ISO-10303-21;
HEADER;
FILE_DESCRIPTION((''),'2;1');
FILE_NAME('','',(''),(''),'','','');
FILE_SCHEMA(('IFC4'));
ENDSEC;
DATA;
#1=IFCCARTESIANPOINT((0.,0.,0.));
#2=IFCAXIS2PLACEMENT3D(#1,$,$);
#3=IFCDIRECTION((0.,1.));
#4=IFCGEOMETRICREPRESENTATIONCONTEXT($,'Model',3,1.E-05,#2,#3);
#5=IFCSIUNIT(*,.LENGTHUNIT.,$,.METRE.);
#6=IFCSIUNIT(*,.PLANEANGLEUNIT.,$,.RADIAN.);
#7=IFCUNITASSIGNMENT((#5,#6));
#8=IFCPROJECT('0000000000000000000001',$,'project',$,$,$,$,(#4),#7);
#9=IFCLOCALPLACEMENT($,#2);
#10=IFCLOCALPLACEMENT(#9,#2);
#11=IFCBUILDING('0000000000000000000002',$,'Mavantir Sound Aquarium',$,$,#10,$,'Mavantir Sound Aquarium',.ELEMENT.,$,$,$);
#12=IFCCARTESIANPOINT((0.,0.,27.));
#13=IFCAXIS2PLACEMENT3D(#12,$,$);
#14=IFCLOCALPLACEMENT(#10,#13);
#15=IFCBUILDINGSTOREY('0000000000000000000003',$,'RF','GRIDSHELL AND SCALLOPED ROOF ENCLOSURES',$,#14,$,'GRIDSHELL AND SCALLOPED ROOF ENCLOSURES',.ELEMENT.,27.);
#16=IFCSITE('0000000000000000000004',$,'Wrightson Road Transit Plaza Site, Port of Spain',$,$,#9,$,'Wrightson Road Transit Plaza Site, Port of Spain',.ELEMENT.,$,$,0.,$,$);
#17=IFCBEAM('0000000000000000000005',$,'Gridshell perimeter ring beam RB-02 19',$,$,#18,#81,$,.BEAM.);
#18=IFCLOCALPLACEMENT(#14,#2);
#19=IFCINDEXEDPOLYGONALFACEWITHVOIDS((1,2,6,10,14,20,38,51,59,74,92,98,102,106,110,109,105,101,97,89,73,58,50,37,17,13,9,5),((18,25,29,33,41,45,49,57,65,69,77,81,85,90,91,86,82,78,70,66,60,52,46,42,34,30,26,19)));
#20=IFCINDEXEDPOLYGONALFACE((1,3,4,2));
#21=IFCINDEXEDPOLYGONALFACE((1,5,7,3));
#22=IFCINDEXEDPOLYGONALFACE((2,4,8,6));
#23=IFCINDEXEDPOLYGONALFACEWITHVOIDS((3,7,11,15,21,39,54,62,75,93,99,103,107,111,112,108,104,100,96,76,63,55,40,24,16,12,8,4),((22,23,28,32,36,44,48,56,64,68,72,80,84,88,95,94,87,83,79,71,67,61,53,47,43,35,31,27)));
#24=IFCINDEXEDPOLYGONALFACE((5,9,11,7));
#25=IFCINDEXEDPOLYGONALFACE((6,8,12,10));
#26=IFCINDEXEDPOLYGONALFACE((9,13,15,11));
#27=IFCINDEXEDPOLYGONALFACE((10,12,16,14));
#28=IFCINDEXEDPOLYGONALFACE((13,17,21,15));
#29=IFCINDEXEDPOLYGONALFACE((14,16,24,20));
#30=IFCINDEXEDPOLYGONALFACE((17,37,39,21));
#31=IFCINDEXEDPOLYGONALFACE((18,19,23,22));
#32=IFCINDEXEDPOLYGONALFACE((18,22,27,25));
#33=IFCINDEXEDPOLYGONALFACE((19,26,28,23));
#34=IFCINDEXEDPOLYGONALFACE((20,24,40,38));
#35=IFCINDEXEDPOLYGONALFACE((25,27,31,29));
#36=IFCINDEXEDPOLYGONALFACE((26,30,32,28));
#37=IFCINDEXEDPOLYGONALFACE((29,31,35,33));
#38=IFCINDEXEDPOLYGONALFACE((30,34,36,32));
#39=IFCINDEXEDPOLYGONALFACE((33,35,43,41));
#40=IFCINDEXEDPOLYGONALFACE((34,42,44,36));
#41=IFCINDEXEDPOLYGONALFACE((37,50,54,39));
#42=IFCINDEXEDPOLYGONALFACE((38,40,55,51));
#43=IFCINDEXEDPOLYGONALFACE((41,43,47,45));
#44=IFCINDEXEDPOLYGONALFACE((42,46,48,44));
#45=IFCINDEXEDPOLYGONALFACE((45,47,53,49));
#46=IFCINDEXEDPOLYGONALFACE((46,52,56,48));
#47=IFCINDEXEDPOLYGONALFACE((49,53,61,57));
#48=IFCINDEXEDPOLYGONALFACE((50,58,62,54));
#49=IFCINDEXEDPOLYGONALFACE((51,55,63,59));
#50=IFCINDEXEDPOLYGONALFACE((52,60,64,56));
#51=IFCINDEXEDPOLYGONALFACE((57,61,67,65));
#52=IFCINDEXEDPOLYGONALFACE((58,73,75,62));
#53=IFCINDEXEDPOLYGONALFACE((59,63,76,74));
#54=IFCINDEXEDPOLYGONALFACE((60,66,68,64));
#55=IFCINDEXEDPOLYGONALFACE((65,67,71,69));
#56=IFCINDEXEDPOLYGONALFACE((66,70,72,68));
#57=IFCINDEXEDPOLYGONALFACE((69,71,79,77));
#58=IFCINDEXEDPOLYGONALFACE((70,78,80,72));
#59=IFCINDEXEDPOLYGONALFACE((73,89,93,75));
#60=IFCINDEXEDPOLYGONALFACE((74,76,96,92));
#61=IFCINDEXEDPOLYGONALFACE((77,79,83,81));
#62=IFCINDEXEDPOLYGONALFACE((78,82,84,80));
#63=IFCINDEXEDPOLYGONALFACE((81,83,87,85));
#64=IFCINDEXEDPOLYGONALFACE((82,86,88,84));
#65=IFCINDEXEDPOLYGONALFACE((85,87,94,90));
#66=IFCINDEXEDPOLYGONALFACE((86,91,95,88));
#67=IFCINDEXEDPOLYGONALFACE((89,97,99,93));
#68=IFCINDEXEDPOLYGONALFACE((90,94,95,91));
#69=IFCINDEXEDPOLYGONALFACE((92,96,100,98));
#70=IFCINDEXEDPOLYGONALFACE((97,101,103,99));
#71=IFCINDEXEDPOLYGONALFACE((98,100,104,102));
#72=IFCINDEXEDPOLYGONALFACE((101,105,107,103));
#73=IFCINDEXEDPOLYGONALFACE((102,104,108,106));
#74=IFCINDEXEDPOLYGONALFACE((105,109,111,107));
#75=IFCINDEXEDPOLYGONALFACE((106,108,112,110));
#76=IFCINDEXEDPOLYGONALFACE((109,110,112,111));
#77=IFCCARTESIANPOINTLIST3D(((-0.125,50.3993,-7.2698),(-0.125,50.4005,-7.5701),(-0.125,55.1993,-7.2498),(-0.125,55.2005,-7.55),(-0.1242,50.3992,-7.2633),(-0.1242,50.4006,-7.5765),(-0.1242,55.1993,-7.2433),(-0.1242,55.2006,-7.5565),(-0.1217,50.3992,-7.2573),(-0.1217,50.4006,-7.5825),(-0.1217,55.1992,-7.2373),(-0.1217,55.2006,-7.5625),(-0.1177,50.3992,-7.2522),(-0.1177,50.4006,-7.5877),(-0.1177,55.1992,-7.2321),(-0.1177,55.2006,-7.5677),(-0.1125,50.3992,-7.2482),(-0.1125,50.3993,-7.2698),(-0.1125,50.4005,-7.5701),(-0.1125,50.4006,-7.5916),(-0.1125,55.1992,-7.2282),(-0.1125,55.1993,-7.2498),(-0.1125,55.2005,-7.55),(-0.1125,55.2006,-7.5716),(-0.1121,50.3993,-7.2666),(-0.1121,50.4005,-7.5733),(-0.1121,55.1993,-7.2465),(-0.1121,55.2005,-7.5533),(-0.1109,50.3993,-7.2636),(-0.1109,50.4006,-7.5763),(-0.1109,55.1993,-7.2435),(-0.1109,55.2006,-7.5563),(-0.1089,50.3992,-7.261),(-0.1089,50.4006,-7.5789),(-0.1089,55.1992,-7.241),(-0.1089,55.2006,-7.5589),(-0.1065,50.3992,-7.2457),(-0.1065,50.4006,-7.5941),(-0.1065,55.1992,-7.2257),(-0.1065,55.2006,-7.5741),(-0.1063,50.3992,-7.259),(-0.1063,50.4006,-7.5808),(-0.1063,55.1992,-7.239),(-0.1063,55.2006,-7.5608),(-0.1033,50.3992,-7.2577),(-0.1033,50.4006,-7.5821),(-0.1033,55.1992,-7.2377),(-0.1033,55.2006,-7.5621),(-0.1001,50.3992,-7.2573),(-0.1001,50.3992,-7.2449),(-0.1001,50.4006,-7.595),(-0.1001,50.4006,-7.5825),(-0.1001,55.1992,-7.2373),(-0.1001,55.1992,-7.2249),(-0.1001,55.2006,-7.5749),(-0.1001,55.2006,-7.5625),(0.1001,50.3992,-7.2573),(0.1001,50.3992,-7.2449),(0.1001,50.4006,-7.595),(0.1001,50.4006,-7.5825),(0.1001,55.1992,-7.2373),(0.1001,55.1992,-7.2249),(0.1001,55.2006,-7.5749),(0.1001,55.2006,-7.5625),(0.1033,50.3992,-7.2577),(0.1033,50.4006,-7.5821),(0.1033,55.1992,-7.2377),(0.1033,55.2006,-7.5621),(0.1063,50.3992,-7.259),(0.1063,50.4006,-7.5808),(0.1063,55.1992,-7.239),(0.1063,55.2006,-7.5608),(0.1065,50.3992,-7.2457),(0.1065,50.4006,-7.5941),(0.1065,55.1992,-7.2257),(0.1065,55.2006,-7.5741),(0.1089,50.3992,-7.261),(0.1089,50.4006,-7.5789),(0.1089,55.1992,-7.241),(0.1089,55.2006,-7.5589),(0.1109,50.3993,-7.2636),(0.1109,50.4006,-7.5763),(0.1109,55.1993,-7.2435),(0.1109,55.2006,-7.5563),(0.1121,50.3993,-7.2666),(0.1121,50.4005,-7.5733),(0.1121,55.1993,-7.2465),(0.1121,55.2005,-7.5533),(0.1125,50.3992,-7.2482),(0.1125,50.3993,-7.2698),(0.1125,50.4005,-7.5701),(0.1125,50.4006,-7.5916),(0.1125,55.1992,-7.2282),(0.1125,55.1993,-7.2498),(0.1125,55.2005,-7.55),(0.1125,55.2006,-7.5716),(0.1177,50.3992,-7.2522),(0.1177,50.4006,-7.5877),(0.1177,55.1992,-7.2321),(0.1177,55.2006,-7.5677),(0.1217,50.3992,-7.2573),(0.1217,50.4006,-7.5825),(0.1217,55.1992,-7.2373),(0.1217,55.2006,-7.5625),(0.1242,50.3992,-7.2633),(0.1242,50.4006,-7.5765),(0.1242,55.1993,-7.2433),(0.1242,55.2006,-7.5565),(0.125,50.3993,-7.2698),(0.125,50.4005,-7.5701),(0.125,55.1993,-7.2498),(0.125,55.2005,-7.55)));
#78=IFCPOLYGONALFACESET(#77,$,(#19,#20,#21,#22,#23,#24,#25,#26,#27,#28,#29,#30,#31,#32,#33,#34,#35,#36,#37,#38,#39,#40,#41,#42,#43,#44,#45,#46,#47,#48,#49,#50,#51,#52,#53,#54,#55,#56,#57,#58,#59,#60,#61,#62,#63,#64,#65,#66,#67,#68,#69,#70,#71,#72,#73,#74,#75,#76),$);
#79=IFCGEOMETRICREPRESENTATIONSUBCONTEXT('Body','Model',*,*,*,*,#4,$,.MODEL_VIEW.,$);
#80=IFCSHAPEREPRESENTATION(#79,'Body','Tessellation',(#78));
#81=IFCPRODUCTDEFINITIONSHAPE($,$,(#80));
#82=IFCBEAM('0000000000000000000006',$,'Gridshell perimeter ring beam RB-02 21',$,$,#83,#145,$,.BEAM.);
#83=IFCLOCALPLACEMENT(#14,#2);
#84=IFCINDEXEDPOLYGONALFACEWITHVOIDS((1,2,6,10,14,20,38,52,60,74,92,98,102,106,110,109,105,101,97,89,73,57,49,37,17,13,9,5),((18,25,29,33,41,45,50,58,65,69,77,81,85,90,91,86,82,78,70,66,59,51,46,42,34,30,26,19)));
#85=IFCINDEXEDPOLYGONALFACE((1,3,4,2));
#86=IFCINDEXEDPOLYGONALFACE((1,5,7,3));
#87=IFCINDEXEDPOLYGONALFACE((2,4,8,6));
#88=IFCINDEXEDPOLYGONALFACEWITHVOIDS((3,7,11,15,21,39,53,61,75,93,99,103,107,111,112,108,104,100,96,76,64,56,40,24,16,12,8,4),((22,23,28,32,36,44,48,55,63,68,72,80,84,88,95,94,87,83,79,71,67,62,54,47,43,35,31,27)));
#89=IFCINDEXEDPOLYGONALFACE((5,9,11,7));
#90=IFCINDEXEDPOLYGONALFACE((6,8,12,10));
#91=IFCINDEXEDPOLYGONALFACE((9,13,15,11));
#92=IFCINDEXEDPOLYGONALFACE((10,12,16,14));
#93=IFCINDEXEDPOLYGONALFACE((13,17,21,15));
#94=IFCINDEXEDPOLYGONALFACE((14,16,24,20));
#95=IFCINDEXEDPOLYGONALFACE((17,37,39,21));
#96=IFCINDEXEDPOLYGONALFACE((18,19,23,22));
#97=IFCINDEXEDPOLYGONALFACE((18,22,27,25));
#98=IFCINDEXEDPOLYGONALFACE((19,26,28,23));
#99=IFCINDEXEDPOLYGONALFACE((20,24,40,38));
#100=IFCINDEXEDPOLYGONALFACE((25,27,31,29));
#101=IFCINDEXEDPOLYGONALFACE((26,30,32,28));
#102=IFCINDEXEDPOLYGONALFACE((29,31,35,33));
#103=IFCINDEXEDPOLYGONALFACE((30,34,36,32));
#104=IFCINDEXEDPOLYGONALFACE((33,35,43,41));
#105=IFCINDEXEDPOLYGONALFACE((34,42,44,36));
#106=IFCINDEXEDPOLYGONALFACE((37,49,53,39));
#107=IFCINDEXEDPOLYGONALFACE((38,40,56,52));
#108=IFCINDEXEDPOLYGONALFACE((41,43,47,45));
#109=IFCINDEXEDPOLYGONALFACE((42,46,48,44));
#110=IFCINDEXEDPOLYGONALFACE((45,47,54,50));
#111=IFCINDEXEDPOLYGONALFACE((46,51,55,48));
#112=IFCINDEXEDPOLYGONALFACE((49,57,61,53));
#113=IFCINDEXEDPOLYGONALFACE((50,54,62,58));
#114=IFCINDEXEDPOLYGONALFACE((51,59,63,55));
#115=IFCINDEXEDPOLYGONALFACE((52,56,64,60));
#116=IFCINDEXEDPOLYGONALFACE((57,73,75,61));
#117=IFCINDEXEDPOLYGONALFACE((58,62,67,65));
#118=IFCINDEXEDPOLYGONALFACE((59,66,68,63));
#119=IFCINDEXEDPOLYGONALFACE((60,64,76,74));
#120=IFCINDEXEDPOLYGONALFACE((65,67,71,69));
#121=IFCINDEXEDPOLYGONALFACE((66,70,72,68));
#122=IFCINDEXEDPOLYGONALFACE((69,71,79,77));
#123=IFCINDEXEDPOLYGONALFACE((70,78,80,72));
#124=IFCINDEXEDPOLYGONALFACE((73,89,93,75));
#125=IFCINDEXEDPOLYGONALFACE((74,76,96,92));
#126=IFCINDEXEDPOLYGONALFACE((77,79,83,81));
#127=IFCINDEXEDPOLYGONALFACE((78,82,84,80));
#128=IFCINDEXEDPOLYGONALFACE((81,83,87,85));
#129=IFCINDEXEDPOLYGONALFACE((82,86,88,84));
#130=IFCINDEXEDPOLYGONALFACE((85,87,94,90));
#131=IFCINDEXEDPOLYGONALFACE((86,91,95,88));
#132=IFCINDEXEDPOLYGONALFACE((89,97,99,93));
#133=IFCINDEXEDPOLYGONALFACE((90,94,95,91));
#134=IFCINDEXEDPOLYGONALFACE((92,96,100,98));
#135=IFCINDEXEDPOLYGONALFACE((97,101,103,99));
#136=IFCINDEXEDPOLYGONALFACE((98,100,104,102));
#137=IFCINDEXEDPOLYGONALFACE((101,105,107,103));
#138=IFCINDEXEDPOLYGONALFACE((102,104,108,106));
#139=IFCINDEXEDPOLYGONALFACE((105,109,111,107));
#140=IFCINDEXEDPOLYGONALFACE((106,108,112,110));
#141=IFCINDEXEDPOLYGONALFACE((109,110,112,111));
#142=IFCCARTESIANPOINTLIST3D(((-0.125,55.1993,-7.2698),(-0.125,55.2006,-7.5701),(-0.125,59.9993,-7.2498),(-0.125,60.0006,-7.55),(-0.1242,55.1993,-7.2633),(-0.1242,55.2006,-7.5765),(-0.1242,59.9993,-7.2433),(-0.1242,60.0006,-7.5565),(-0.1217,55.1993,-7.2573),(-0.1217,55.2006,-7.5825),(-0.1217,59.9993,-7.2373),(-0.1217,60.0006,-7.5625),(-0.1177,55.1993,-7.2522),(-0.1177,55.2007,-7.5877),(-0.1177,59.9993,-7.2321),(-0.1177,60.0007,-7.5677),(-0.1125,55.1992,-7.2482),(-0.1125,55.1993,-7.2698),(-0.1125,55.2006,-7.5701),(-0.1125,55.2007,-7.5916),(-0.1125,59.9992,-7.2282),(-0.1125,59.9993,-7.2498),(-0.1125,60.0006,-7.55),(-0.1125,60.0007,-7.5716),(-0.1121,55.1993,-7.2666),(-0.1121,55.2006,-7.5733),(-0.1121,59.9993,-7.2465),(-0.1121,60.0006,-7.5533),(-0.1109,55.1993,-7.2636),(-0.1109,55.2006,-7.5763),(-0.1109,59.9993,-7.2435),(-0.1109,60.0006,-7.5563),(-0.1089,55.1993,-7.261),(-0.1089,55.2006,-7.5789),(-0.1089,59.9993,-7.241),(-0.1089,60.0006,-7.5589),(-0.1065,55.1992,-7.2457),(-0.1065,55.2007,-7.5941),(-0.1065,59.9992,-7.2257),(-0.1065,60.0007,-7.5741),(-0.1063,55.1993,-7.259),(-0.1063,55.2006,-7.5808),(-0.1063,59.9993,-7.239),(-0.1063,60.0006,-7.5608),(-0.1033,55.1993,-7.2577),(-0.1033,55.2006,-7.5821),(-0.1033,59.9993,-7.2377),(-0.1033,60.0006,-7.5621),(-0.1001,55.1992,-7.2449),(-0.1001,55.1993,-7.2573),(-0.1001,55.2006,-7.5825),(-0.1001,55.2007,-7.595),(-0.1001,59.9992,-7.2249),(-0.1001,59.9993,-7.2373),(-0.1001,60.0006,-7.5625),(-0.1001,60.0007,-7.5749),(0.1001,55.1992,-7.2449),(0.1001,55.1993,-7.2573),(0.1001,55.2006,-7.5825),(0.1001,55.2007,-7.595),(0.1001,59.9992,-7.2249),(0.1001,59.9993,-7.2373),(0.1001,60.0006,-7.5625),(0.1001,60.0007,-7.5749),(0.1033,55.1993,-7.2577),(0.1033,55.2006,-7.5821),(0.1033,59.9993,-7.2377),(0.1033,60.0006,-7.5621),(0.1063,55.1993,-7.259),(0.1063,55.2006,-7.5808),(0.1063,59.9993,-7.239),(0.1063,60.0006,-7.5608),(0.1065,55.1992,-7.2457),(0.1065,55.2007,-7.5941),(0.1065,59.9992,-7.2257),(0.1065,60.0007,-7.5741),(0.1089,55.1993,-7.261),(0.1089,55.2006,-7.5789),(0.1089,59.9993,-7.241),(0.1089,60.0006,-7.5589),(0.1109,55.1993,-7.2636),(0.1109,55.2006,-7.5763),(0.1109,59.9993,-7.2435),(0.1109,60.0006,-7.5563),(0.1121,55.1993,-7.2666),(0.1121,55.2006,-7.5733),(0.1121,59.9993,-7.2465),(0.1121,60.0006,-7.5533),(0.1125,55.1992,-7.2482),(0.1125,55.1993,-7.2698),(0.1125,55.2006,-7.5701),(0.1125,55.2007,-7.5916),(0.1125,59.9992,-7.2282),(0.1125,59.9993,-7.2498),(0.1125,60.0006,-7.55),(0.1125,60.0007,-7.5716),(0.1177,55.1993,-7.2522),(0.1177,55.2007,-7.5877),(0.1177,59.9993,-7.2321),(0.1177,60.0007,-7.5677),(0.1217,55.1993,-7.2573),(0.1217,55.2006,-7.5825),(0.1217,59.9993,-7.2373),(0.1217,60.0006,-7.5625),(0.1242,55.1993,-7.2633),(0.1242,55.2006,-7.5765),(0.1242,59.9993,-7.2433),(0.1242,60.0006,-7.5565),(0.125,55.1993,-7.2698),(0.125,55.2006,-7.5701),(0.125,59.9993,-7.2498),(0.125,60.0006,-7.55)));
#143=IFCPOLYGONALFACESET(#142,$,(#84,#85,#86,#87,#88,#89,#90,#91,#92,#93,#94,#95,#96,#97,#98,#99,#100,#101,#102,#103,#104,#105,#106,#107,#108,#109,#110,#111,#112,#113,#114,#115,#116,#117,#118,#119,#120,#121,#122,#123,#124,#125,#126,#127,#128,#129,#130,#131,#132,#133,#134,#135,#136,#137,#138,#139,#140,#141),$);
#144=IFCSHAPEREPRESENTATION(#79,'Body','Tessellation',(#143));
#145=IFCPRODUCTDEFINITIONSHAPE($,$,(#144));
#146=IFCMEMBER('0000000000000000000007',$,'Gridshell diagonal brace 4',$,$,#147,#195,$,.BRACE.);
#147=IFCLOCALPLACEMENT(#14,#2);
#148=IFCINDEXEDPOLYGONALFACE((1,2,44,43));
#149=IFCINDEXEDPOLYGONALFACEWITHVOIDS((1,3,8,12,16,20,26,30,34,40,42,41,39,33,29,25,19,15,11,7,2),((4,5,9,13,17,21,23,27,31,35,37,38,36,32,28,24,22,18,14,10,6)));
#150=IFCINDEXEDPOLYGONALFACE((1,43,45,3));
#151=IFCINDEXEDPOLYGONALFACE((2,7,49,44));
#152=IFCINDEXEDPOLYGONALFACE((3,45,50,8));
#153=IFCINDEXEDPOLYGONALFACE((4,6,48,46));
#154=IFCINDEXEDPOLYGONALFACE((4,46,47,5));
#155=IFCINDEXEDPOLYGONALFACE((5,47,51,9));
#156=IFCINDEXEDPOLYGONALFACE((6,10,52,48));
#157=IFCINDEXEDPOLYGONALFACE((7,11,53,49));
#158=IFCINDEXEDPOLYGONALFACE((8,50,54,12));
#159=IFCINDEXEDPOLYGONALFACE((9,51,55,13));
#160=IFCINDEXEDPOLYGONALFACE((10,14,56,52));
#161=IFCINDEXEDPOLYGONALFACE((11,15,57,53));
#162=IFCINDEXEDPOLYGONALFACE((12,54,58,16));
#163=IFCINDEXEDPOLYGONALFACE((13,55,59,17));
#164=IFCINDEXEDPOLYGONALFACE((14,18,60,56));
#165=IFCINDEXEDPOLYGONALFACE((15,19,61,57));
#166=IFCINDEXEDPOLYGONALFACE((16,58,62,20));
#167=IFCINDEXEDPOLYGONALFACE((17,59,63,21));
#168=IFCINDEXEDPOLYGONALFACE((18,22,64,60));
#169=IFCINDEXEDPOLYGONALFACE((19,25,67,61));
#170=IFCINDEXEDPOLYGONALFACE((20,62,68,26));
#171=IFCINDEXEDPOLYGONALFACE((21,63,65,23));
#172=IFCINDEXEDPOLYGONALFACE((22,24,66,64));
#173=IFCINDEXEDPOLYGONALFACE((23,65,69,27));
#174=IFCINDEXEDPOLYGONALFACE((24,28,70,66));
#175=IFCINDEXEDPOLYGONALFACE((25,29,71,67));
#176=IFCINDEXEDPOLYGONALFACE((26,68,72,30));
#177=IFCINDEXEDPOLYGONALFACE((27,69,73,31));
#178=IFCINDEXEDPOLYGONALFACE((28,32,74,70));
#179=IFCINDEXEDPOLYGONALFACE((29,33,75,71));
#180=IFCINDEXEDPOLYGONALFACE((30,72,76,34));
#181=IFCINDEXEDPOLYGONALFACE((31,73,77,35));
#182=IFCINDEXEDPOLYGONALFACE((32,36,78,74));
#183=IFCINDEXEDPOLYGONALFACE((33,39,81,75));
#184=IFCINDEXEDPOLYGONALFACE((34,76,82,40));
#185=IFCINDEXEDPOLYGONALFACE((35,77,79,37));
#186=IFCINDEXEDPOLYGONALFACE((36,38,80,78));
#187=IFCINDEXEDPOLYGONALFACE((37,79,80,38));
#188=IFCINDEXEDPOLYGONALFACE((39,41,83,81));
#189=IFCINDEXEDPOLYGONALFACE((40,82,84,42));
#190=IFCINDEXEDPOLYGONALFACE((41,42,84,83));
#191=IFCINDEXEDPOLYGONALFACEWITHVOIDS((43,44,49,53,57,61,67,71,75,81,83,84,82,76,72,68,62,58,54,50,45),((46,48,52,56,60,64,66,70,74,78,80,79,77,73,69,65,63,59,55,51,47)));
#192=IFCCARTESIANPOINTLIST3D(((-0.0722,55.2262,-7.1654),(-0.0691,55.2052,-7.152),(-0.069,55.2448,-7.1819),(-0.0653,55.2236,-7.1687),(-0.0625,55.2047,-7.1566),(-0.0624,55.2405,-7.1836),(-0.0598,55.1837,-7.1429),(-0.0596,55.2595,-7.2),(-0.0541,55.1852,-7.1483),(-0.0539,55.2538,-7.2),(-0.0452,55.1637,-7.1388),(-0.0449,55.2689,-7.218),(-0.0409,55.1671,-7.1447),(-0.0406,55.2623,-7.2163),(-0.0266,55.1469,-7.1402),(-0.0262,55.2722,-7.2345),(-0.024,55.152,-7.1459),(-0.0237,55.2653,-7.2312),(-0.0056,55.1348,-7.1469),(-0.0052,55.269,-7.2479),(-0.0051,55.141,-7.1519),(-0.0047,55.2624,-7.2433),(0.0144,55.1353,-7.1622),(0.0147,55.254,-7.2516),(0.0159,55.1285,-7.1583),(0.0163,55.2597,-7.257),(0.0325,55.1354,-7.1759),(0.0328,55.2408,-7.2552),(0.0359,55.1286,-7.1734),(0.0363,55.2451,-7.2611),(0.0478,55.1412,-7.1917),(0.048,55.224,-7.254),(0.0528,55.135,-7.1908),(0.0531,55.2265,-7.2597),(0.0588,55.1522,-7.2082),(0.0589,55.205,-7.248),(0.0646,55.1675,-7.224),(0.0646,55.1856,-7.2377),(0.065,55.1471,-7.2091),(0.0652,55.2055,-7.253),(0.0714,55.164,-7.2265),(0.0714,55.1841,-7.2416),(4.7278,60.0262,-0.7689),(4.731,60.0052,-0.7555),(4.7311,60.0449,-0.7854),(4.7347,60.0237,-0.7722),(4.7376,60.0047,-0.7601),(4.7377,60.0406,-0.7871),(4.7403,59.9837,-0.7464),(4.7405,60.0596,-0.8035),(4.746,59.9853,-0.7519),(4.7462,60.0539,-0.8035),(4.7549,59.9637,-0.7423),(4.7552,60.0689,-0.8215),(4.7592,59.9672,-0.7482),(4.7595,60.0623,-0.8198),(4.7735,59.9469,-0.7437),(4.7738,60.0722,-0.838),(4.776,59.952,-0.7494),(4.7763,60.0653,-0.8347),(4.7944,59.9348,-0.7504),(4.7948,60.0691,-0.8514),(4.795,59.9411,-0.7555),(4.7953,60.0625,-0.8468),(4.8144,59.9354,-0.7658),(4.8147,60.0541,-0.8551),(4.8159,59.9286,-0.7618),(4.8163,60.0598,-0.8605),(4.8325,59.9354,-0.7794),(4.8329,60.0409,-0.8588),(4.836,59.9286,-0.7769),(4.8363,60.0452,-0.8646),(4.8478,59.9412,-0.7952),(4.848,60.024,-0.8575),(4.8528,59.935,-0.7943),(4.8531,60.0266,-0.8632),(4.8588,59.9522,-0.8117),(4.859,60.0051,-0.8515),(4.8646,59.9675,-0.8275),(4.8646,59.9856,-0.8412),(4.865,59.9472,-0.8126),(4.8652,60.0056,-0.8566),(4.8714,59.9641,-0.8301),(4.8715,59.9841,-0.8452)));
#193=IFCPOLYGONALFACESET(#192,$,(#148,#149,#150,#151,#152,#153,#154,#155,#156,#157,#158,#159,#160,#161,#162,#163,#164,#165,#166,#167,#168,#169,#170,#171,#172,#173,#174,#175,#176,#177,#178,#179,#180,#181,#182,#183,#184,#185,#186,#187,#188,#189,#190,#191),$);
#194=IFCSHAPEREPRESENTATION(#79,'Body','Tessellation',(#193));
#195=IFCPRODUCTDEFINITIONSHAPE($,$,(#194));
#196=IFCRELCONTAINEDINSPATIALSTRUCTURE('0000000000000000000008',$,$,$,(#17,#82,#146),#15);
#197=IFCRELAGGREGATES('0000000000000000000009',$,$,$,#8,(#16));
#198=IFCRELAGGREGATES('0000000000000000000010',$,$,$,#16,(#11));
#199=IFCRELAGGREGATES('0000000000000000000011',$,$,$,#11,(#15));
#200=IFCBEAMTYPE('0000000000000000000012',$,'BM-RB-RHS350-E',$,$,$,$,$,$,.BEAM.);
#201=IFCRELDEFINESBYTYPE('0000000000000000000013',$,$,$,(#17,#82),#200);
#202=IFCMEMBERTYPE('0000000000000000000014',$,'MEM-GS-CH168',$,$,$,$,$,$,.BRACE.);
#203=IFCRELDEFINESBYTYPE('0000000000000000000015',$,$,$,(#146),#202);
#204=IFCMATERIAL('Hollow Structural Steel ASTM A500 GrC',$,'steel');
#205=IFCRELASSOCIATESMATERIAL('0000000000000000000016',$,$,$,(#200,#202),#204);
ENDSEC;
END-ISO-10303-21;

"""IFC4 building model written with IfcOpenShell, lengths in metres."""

from ifc_helpers import new_model, si_unit, direction, frame, origin, origin_2d, place, context, subcontext, project, spatial, hollow_rectangle, hollow_circle, extrude, material, material_profile, profile_set, type_object, element, save


model = new_model("IFC4")

# Units and contexts
model_context = context("Model", 3, precision=1e-05, world=origin(), true_north=direction((0.0, 1.0)))
body_context = subcontext(model_context, "Body", "Model", "MODEL_VIEW")
ifc_project = project(units=[si_unit("LENGTHUNIT", "METRE"), si_unit("PLANEANGLEUNIT", "RADIAN")], contexts=[model_context])

# Site, building, storey
site_placement = place(None, origin())
site = spatial("IfcSite", under=ifc_project, at=site_placement, Name="Wrightson Road Transit Plaza Site, Port of Spain", LongName="Wrightson Road Transit Plaza Site, Port of Spain", CompositionType="ELEMENT", RefElevation=0.0)
building_placement = place(site_placement, origin())
building = spatial("IfcBuilding", under=site, at=building_placement, Name="Mavantir Sound Aquarium", LongName="Mavantir Sound Aquarium", CompositionType="ELEMENT")
storey_placement = place(building_placement, frame((0.0, 0.0, 27.0)))
storey = spatial("IfcBuildingStorey", under=building, at=storey_placement, Name="RF", Description="GRIDSHELL AND SCALLOPED ROOF ENCLOSURES", LongName="GRIDSHELL AND SCALLOPED ROOF ENCLOSURES", CompositionType="ELEMENT", Elevation=27.0)

# Beams
ifc_material_1 = material(Name="Hollow Structural Steel ASTM A500 GrC", Category="steel")
ifc_material_profile_1 = material_profile(ifc_material_1, hollow_rectangle(XDim=0.25, YDim=0.3501, WallThickness=0.0125, InnerFilletRadius=0.0125, OuterFilletRadius=0.0249, at=origin_2d()), Name="RHS 350X250X12.5")
ifc_profile_set_1 = profile_set([ifc_material_profile_1], Name="Hollow Structural Steel ASTM A500 GrC")
beam_type = type_object("IfcBeamType", Name="BM-RB-RHS350-E", PredefinedType="BEAM", material=ifc_profile_set_1)
for number, where, z_axis, x_axis, name in (
    (1, (0.0, 50.3999, -7.4199), (0.0, 0.999991, 0.004171), (-1.0, 0.0, 0.0), "Gridshell perimeter ring beam RB-02 19"),
    (2, (0.0, 55.2, -7.4199), (0.0, 0.999991, 0.004171), (-1.0, 0.0, 0.0), "Gridshell perimeter ring beam RB-02 21"),
):
    element("IfcBeam", number, at=place(storey_placement, frame(where, z_axis=z_axis, x_axis=x_axis)), inside=storey, type_object=beam_type, Name=name, PredefinedType="BEAM", context=body_context, shape_type="SweptSolid", body=[
        extrude(hollow_rectangle(XDim=0.25, YDim=0.3501, WallThickness=0.0125, InnerFilletRadius=0.0125, OuterFilletRadius=0.0249, at=origin_2d()), origin(), (0.0, 0.0, 1.0), 4.8),
    ])

# Member
ifc_material_profile_2 = material_profile(ifc_material_1, hollow_circle(Radius=0.0842, WallThickness=0.0081, at=origin_2d()), Name="CHS 168.3X8")
ifc_profile_set_2 = profile_set([ifc_material_profile_2], Name="Hollow Structural Steel ASTM A500 GrC")
member_type_1 = type_object("IfcMemberType", Name="MEM-GS-CH168", PredefinedType="BRACE", material=ifc_profile_set_2)
member_1_placement = place(storey_placement, frame((0.0, 55.2, -7.2), z_axis=(0.514631, 0.514631, 0.685791), x_axis=(-0.707107, 0.707107, 0.0)))
element("IfcMember", 3, at=member_1_placement, inside=storey, type_object=member_type_1, Name="Gridshell diagonal brace 4", PredefinedType="BRACE", context=body_context, shape_type="SweptSolid", body=[
    extrude(hollow_circle(Radius=0.0842, WallThickness=0.0081, at=origin_2d()), origin(), (0.0, 0.0, 1.0), 9.3271),
])

save(model, "model.ifc")
